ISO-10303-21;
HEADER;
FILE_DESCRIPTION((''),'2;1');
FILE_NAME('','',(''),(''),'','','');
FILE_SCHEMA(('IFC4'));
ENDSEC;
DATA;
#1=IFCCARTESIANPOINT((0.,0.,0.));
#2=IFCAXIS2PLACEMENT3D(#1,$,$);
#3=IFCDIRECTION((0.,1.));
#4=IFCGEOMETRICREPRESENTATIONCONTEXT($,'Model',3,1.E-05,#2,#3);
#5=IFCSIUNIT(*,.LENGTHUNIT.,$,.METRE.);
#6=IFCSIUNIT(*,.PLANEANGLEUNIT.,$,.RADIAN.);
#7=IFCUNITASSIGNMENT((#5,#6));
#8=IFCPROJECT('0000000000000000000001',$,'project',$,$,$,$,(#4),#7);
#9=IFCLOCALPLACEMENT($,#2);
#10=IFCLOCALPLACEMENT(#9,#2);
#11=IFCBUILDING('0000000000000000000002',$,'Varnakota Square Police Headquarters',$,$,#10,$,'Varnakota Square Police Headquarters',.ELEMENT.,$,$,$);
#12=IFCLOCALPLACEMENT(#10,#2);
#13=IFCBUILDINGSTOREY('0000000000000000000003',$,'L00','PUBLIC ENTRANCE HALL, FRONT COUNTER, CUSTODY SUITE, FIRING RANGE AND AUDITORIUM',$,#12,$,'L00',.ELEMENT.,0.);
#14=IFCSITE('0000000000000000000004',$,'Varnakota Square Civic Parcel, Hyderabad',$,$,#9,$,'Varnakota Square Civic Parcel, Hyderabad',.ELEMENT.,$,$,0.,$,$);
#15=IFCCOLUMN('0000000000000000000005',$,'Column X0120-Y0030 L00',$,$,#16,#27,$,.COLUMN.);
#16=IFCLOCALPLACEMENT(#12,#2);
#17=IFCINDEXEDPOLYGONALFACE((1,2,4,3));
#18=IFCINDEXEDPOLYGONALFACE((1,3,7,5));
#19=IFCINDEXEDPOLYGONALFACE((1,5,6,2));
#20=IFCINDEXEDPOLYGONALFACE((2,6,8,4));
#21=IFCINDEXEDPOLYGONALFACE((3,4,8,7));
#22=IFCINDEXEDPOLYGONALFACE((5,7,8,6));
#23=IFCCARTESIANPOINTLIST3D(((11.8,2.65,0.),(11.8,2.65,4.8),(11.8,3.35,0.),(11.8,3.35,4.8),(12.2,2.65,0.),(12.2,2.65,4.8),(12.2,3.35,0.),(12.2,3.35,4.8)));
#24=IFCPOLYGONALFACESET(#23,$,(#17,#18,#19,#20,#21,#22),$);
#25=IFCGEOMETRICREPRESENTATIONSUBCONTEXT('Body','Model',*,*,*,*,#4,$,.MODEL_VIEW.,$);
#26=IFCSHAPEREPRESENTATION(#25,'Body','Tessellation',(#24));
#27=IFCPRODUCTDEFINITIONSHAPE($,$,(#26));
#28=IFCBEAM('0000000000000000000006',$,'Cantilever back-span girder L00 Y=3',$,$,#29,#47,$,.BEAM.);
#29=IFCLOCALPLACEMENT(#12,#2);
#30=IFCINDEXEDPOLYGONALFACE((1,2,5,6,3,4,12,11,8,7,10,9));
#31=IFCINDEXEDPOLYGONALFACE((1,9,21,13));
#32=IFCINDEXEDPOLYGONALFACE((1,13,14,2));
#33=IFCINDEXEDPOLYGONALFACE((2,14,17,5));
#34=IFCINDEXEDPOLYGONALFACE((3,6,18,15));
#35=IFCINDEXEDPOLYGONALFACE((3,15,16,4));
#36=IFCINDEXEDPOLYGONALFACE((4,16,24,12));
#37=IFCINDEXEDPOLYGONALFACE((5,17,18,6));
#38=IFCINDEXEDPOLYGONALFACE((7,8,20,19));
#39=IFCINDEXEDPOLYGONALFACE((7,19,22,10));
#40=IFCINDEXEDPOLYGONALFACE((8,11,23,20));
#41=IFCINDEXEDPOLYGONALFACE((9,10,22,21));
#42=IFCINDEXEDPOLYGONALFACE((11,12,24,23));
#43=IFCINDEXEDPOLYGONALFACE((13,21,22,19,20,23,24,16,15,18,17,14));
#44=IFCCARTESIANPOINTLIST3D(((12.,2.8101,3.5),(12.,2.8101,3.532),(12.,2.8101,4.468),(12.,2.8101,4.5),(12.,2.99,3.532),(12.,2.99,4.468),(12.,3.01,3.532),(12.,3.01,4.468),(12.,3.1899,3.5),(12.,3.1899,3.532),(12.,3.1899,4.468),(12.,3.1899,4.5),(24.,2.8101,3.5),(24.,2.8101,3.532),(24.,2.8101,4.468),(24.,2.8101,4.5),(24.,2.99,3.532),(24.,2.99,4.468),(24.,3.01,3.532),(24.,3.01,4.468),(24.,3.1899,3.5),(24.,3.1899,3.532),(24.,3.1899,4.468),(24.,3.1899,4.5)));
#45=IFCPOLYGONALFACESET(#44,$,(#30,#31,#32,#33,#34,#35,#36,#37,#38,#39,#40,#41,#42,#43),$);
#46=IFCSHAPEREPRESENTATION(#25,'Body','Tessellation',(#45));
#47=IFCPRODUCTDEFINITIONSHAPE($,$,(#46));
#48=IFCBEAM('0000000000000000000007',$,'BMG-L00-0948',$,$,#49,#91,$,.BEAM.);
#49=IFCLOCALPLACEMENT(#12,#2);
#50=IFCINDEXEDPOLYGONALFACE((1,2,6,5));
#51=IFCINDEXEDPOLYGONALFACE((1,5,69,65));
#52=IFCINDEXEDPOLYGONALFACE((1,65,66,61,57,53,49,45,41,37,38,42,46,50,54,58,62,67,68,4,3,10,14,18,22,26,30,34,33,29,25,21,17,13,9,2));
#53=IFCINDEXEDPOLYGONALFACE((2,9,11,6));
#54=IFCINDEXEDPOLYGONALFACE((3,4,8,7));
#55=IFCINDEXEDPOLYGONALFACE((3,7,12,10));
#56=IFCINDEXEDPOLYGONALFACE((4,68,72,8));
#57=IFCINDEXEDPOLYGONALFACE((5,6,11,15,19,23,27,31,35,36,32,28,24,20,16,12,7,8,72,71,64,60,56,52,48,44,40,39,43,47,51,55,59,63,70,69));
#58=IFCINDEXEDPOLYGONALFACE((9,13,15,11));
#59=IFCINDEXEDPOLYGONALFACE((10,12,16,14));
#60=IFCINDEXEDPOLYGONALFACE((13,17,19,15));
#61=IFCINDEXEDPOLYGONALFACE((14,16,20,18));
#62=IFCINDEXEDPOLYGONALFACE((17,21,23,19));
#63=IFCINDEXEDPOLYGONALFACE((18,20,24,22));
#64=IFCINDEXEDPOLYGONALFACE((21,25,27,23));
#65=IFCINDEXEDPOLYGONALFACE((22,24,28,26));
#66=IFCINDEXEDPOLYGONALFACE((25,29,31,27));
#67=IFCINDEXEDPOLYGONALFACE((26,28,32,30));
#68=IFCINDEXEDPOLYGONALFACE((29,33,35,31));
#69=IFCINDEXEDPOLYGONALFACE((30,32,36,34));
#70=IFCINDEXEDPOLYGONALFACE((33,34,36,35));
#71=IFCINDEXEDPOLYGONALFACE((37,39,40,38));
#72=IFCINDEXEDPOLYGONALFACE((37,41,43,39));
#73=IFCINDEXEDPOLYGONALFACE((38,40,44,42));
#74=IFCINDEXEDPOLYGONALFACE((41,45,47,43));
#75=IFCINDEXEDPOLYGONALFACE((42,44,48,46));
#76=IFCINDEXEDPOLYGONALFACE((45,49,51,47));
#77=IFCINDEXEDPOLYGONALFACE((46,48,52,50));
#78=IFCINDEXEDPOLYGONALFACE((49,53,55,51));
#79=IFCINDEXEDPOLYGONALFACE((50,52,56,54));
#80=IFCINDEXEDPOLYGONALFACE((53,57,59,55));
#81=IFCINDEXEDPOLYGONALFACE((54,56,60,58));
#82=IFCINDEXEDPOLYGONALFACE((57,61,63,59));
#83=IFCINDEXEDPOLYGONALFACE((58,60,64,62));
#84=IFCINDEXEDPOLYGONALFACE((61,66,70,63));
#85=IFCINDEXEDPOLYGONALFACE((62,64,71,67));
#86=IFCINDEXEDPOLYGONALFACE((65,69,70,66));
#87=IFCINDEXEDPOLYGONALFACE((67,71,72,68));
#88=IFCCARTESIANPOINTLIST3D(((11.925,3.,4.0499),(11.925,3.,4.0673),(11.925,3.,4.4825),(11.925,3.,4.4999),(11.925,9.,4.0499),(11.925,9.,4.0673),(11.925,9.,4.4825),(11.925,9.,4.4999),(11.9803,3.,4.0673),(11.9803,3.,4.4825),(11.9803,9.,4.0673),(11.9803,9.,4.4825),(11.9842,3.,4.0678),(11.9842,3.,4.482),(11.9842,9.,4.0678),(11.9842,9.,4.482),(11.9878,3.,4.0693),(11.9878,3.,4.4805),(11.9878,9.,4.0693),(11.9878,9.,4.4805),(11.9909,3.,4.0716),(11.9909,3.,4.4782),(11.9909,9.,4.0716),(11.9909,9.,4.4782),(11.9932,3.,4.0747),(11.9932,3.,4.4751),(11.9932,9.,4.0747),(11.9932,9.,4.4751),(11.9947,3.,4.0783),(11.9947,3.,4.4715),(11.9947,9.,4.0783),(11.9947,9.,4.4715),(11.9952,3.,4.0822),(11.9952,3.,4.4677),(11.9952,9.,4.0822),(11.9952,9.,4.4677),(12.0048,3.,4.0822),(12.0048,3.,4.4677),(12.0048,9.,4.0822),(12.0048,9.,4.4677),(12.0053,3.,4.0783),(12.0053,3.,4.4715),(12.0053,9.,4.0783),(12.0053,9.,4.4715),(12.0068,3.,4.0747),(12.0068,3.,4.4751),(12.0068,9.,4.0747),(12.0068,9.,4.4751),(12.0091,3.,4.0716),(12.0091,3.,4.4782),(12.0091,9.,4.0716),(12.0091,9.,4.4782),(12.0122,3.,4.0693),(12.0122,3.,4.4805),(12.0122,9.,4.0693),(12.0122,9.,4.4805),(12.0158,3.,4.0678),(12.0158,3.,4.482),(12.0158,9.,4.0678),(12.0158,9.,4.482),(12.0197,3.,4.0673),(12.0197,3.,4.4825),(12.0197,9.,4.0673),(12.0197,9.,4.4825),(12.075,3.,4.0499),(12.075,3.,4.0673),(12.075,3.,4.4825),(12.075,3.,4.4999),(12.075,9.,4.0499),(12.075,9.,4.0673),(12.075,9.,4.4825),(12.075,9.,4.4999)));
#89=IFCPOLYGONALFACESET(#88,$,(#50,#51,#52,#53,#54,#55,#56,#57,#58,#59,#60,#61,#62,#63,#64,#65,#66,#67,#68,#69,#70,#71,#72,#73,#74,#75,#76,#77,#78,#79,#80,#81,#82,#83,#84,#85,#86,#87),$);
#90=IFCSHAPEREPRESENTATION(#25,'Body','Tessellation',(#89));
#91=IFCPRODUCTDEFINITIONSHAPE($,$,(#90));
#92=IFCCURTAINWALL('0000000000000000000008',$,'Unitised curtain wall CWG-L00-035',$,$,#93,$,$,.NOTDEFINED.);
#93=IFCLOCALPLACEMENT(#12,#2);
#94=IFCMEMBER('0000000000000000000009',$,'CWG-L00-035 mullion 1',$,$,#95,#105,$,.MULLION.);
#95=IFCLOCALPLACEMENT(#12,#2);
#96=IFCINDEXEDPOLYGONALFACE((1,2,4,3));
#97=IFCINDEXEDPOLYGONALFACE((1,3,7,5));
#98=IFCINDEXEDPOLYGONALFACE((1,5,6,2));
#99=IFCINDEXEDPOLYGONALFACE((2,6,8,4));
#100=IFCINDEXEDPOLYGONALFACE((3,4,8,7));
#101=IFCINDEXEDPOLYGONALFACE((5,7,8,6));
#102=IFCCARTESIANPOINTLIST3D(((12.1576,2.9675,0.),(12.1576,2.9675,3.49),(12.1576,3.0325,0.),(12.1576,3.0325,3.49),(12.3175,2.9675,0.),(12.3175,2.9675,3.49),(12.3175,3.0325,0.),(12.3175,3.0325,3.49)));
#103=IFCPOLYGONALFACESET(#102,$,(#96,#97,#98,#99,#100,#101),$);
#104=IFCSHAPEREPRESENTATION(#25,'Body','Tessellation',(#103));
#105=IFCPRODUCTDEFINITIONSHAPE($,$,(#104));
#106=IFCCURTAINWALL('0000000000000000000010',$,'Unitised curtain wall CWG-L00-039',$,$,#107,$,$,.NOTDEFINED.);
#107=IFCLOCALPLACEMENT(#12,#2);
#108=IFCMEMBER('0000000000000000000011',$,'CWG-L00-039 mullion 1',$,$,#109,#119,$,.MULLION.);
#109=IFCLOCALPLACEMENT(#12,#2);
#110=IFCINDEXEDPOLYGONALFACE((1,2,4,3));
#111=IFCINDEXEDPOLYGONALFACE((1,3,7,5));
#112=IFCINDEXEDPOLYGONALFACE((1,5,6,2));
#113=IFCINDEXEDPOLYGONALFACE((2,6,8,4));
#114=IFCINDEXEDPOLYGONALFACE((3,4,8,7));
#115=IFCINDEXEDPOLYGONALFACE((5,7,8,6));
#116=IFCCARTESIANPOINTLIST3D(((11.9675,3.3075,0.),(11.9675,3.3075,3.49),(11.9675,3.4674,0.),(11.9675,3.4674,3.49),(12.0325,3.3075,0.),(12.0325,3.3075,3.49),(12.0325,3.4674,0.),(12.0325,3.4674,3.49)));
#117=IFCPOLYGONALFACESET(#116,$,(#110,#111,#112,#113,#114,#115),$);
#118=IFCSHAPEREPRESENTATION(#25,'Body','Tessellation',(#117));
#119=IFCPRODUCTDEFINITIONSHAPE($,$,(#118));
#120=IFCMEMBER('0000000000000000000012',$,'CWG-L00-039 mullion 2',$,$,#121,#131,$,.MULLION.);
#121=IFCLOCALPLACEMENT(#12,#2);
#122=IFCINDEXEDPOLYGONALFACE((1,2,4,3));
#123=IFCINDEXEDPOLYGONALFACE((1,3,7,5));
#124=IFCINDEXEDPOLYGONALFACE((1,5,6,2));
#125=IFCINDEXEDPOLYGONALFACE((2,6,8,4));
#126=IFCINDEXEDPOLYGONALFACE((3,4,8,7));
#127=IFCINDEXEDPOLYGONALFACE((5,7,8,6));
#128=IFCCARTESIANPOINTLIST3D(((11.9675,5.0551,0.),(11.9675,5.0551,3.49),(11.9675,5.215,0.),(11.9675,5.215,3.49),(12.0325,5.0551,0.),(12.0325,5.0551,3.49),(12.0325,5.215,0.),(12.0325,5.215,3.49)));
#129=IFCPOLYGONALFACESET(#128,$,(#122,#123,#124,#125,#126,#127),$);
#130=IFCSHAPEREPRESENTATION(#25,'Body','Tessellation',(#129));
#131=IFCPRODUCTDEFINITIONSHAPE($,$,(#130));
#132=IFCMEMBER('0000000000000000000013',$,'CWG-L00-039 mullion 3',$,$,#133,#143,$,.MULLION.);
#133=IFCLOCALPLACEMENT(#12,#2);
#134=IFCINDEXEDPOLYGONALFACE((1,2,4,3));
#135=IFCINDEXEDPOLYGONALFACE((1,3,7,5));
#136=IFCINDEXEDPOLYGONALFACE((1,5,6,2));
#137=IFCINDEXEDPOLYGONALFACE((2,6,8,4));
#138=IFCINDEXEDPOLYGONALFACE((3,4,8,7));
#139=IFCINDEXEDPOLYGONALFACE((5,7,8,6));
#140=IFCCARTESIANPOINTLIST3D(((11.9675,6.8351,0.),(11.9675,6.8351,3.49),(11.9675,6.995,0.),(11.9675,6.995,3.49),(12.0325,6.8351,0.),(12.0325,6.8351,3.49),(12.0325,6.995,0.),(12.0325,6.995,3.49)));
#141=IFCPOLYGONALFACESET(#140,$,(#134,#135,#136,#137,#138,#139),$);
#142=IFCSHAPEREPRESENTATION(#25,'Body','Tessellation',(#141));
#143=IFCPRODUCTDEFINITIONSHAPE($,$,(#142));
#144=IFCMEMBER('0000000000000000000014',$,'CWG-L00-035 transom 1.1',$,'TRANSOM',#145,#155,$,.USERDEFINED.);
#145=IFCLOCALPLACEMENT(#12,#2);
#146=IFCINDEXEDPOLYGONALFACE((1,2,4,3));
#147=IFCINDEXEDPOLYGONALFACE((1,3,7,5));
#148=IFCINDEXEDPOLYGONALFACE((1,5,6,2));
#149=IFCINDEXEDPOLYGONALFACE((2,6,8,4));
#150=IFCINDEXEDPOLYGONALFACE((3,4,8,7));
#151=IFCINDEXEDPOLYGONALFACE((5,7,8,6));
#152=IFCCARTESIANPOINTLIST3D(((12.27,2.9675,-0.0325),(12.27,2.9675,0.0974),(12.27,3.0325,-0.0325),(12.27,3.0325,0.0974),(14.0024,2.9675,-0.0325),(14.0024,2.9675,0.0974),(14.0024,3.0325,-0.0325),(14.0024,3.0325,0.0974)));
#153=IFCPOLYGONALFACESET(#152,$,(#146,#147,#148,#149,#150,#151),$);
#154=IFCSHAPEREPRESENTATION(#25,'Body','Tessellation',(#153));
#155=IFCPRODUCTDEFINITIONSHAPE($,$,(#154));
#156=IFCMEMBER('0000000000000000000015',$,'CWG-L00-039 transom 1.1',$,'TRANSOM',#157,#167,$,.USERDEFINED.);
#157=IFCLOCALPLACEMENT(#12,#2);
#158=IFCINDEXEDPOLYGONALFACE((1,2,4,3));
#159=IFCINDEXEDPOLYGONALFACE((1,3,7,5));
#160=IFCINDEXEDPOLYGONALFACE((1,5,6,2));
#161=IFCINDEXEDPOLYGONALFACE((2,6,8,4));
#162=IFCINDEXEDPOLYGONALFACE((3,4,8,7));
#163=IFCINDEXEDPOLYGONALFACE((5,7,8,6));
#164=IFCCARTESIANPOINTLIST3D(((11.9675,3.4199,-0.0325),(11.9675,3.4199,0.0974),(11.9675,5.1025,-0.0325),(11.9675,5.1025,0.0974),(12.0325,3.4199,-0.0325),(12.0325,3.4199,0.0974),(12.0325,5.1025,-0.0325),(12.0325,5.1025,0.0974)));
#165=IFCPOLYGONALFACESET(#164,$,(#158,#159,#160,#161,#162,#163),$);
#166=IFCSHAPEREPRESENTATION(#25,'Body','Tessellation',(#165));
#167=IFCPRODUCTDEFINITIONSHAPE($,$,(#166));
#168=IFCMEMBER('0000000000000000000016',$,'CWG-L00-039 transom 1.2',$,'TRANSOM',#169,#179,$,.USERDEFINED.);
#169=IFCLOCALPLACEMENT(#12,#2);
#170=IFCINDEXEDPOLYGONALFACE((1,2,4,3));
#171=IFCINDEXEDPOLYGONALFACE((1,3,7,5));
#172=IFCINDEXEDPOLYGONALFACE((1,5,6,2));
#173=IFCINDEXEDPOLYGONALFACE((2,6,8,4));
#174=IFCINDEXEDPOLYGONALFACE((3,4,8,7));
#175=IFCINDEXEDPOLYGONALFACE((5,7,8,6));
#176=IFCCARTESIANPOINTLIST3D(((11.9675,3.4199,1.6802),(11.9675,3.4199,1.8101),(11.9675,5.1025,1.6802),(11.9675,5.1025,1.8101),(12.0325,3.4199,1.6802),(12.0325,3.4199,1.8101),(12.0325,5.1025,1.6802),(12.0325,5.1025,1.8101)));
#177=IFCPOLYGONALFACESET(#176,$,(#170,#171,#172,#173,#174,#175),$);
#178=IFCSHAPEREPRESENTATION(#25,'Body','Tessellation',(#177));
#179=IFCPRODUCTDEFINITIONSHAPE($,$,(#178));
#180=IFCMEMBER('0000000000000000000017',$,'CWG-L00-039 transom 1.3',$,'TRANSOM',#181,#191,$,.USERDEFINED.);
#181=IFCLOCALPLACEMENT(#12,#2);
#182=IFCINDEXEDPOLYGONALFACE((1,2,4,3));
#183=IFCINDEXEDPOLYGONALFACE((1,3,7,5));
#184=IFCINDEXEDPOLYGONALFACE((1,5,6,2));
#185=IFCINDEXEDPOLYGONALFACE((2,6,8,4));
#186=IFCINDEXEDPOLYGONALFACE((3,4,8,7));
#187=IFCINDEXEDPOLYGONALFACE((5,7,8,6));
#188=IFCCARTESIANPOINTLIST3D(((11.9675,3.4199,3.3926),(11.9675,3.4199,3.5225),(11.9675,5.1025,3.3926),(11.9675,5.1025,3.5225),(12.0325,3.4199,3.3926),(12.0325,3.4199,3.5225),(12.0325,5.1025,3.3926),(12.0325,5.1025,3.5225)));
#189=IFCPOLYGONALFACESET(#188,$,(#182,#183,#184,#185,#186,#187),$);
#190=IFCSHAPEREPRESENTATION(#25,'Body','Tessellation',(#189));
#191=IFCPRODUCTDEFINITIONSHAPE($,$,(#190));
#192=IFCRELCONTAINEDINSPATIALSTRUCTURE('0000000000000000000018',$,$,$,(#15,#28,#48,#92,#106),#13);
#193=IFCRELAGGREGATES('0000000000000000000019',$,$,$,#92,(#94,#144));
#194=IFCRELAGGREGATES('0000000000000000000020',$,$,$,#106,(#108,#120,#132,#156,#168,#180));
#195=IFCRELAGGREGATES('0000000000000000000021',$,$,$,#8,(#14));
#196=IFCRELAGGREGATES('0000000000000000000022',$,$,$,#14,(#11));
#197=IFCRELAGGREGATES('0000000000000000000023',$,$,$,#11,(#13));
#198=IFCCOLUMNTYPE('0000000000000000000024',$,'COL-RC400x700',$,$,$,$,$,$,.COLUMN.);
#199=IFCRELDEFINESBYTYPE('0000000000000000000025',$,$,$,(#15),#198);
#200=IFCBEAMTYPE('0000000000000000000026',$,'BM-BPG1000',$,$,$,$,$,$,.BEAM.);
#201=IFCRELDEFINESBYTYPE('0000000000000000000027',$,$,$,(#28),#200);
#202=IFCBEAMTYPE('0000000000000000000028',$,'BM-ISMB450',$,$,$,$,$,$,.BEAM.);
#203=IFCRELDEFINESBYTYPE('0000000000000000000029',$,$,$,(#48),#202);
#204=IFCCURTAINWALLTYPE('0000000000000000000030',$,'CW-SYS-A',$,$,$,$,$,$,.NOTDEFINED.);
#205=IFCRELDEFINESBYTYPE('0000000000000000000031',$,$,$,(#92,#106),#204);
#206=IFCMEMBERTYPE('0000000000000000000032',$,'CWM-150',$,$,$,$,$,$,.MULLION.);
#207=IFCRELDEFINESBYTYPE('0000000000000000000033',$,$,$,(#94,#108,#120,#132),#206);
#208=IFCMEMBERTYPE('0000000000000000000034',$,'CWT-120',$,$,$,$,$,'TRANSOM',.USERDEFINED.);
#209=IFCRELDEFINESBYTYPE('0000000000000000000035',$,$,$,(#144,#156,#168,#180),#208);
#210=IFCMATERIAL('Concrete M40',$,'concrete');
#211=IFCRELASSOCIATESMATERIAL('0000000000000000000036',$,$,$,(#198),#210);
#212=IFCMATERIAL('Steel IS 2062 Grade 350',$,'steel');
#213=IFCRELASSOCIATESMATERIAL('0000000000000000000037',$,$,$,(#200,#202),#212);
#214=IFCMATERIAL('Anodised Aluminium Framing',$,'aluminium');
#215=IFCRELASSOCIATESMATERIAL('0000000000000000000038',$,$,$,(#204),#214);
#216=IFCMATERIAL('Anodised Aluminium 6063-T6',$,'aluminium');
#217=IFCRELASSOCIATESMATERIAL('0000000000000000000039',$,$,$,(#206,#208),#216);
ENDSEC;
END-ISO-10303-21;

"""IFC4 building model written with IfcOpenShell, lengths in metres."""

from ifc_helpers import new_model, si_unit, direction, frame, origin, origin_2d, place, context, subcontext, project, spatial, rectangle, i_section, extrude, material, material_profile, profile_set, type_object, element, aggregate, save


model = new_model("IFC4")

# Units and contexts
model_context = context("Model", 3, precision=1e-05, world=origin(), true_north=direction((0.0, 1.0)))
body_context = subcontext(model_context, "Body", "Model", "MODEL_VIEW")
ifc_project = project(units=[si_unit("LENGTHUNIT", "METRE"), si_unit("PLANEANGLEUNIT", "RADIAN")], contexts=[model_context])

# Site, building, storey
site_placement = place(None, origin())
site = spatial("IfcSite", under=ifc_project, at=site_placement, Name="Varnakota Square Civic Parcel, Hyderabad", LongName="Varnakota Square Civic Parcel, Hyderabad", CompositionType="ELEMENT", RefElevation=0.0)
building_placement = place(site_placement, origin())
building = spatial("IfcBuilding", under=site, at=building_placement, Name="Varnakota Square Police Headquarters", LongName="Varnakota Square Police Headquarters", CompositionType="ELEMENT")
storey_placement = place(building_placement, origin())
storey = spatial("IfcBuildingStorey", under=building, at=storey_placement, Name="L00", Description="PUBLIC ENTRANCE HALL, FRONT COUNTER, CUSTODY SUITE, FIRING RANGE AND AUDITORIUM", LongName="L00", CompositionType="ELEMENT", Elevation=0.0)

# Column
ifc_material_1 = material(Name="Concrete M40", Category="concrete")
ifc_material_profile_1 = material_profile(ifc_material_1, rectangle(XDim=0.3999, YDim=0.7, at=origin_2d()), Name="RC 400x700")
ifc_profile_set_1 = profile_set([ifc_material_profile_1], Name="Concrete M40")
column_type = type_object("IfcColumnType", Name="COL-RC400x700", PredefinedType="COLUMN", material=ifc_profile_set_1)
column_placement = place(storey_placement, frame((12.0, 3.0, 0.0), z_axis=(0.0, 0.0, 1.0), x_axis=(1.0, 0.0, 0.0)))
element("IfcColumn", 1, at=column_placement, inside=storey, type_object=column_type, Name="Column X0120-Y0030 L00", PredefinedType="COLUMN", context=body_context, shape_type="SweptSolid", body=[
    extrude(rectangle(XDim=0.3999, YDim=0.7, at=origin_2d()), origin(), (0.0, 0.0, 1.0), 4.8),
])

# Beams
ifc_material_2 = material(Name="Steel IS 2062 Grade 350", Category="steel")
ifc_material_profile_2 = material_profile(ifc_material_2, i_section(OverallWidth=0.3799, OverallDepth=1.0, WebThickness=0.02, FlangeThickness=0.032, at=origin_2d()), Name="BPG 1000x380")
ifc_profile_set_2 = profile_set([ifc_material_profile_2], Name="Steel IS 2062 Grade 350")
beam_type_1 = type_object("IfcBeamType", Name="BM-BPG1000", PredefinedType="BEAM", material=ifc_profile_set_2)
beam_1_placement = place(storey_placement, frame((12.0, 3.0, 4.0), z_axis=(1.0, 0.0, 0.0), x_axis=(0.0, 1.0, 0.0)))
element("IfcBeam", 2, at=beam_1_placement, inside=storey, type_object=beam_type_1, Name="Cantilever back-span girder L00 Y=3", PredefinedType="BEAM", context=body_context, shape_type="SweptSolid", body=[
    extrude(i_section(OverallWidth=0.3799, OverallDepth=1.0, WebThickness=0.02, FlangeThickness=0.032, at=origin_2d()), origin(), (0.0, 0.0, 1.0), 12.0),
])
ifc_material_profile_3 = material_profile(ifc_material_2, i_section(OverallWidth=0.1499, OverallDepth=0.45, WebThickness=0.0095, FlangeThickness=0.0173, FilletRadius=0.0149, at=origin_2d()), Name="ISMB 450")
ifc_profile_set_3 = profile_set([ifc_material_profile_3], Name="Steel IS 2062 Grade 350")
beam_type_2 = type_object("IfcBeamType", Name="BM-ISMB450", PredefinedType="BEAM", material=ifc_profile_set_3)
beam_2_placement = place(storey_placement, frame((12.0, 3.0, 4.2749), z_axis=(0.0, 1.0, 0.0), x_axis=(-1.0, 0.0, 0.0)))
element("IfcBeam", 3, at=beam_2_placement, inside=storey, type_object=beam_type_2, Name="BMG-L00-0948", PredefinedType="BEAM", context=body_context, shape_type="SweptSolid", body=[
    extrude(i_section(OverallWidth=0.1499, OverallDepth=0.45, WebThickness=0.0095, FlangeThickness=0.0173, FilletRadius=0.0149, at=origin_2d()), origin(), (0.0, 0.0, 1.0), 6.0),
])

# Curtain wall, member
ifc_material_3 = material(Name="Anodised Aluminium Framing", Category="aluminium")
curtain_wall_type = type_object("IfcCurtainWallType", Name="CW-SYS-A", PredefinedType="NOTDEFINED", material=ifc_material_3)
curtain_wall_1_placement = place(storey_placement, origin())
curtain_wall_1 = element("IfcCurtainWall", 4, at=curtain_wall_1_placement, inside=storey, type_object=curtain_wall_type, Name="Unitised curtain wall CWG-L00-035", PredefinedType="NOTDEFINED")
ifc_material_4 = material(Name="Anodised Aluminium 6063-T6", Category="aluminium")
ifc_material_profile_4 = material_profile(ifc_material_4, rectangle(XDim=0.0649, YDim=0.1599, at=origin_2d()), Name="ALU MULLION 65x160")
ifc_profile_set_4 = profile_set([ifc_material_profile_4], Name="Anodised Aluminium 6063-T6")
member_type_1 = type_object("IfcMemberType", Name="CWM-150", PredefinedType="MULLION", material=ifc_profile_set_4)
member_1_placement = place(storey_placement, frame((12.2375, 3.0, 0.0), z_axis=(0.0, 0.0, 1.0), x_axis=(0.0, 1.0, 0.0)))
member_1 = element("IfcMember", 5, at=member_1_placement, type_object=member_type_1, Name="CWG-L00-035 mullion 1", PredefinedType="MULLION", context=body_context, shape_type="SweptSolid", body=[
    extrude(rectangle(XDim=0.0649, YDim=0.1599, at=origin_2d()), origin(), (0.0, 0.0, 1.0), 3.49),
])

# Curtain wall, members
curtain_wall_2_placement = place(storey_placement, origin())
curtain_wall_2 = element("IfcCurtainWall", 6, at=curtain_wall_2_placement, inside=storey, type_object=curtain_wall_type, Name="Unitised curtain wall CWG-L00-039", PredefinedType="NOTDEFINED")
member_2_placement = place(storey_placement, frame((12.0, 3.3875, 0.0), z_axis=(0.0, 0.0, 1.0), x_axis=(-1.0, 0.0, 0.0)))
member_2 = element("IfcMember", 7, at=member_2_placement, type_object=member_type_1, Name="CWG-L00-039 mullion 1", PredefinedType="MULLION", context=body_context, shape_type="SweptSolid", body=[
    extrude(rectangle(XDim=0.0649, YDim=0.1599, at=origin_2d()), origin(), (0.0, 0.0, 1.0), 3.49),
])
member_3_placement = place(storey_placement, frame((12.0, 5.135, 0.0), z_axis=(0.0, 0.0, 1.0), x_axis=(-1.0, 0.0, 0.0)))
member_3 = element("IfcMember", 8, at=member_3_placement, type_object=member_type_1, Name="CWG-L00-039 mullion 2", PredefinedType="MULLION", context=body_context, shape_type="SweptSolid", body=[
    extrude(rectangle(XDim=0.0649, YDim=0.1599, at=origin_2d()), origin(), (0.0, 0.0, 1.0), 3.49),
])
member_4_placement = place(storey_placement, frame((12.0, 6.915, 0.0), z_axis=(0.0, 0.0, 1.0), x_axis=(-1.0, 0.0, 0.0)))
member_4 = element("IfcMember", 9, at=member_4_placement, type_object=member_type_1, Name="CWG-L00-039 mullion 3", PredefinedType="MULLION", context=body_context, shape_type="SweptSolid", body=[
    extrude(rectangle(XDim=0.0649, YDim=0.1599, at=origin_2d()), origin(), (0.0, 0.0, 1.0), 3.49),
])

# Members
ifc_material_profile_5 = material_profile(ifc_material_4, rectangle(XDim=0.0649, YDim=0.1299, at=origin_2d()), Name="ALU TRANSOM 65x130")
ifc_profile_set_5 = profile_set([ifc_material_profile_5], Name="Anodised Aluminium 6063-T6")
member_type_2 = type_object("IfcMemberType", Name="CWT-120", ElementType="TRANSOM", PredefinedType="USERDEFINED", material=ifc_profile_set_5)
member_5_placement = place(storey_placement, frame((12.27, 3.0, 0.0325), z_axis=(1.0, 0.0, 0.0), x_axis=(0.0, 1.0, 0.0)))
member_5 = element("IfcMember", 10, at=member_5_placement, type_object=member_type_2, Name="CWG-L00-035 transom 1.1", ObjectType="TRANSOM", PredefinedType="USERDEFINED", context=body_context, shape_type="SweptSolid", body=[
    extrude(rectangle(XDim=0.0649, YDim=0.1299, at=origin_2d()), origin(), (0.0, 0.0, 1.0), 1.7324),
])
aggregate(curtain_wall_1, [member_1, member_5])
member_6_placement = place(storey_placement, frame((12.0, 3.4199, 0.0325), z_axis=(0.0, 1.0, 0.0), x_axis=(-1.0, 0.0, 0.0)))
member_6 = element("IfcMember", 11, at=member_6_placement, type_object=member_type_2, Name="CWG-L00-039 transom 1.1", ObjectType="TRANSOM", PredefinedType="USERDEFINED", context=body_context, shape_type="SweptSolid", body=[
    extrude(rectangle(XDim=0.0649, YDim=0.1299, at=origin_2d()), origin(), (0.0, 0.0, 1.0), 1.6826),
])
member_7_placement = place(storey_placement, frame((12.0, 3.4199, 1.7451), z_axis=(0.0, 1.0, 0.0), x_axis=(-1.0, 0.0, 0.0)))
member_7 = element("IfcMember", 12, at=member_7_placement, type_object=member_type_2, Name="CWG-L00-039 transom 1.2", ObjectType="TRANSOM", PredefinedType="USERDEFINED", context=body_context, shape_type="SweptSolid", body=[
    extrude(rectangle(XDim=0.0649, YDim=0.1299, at=origin_2d()), origin(), (0.0, 0.0, 1.0), 1.6826),
])
member_8_placement = place(storey_placement, frame((12.0, 3.4199, 3.4575), z_axis=(0.0, 1.0, 0.0), x_axis=(-1.0, 0.0, 0.0)))
member_8 = element("IfcMember", 13, at=member_8_placement, type_object=member_type_2, Name="CWG-L00-039 transom 1.3", ObjectType="TRANSOM", PredefinedType="USERDEFINED", context=body_context, shape_type="SweptSolid", body=[
    extrude(rectangle(XDim=0.0649, YDim=0.1299, at=origin_2d()), origin(), (0.0, 0.0, 1.0), 1.6826),
])

aggregate(curtain_wall_2, [member_2, member_3, member_4, member_6, member_7, member_8])

save(model, "model.ifc")
